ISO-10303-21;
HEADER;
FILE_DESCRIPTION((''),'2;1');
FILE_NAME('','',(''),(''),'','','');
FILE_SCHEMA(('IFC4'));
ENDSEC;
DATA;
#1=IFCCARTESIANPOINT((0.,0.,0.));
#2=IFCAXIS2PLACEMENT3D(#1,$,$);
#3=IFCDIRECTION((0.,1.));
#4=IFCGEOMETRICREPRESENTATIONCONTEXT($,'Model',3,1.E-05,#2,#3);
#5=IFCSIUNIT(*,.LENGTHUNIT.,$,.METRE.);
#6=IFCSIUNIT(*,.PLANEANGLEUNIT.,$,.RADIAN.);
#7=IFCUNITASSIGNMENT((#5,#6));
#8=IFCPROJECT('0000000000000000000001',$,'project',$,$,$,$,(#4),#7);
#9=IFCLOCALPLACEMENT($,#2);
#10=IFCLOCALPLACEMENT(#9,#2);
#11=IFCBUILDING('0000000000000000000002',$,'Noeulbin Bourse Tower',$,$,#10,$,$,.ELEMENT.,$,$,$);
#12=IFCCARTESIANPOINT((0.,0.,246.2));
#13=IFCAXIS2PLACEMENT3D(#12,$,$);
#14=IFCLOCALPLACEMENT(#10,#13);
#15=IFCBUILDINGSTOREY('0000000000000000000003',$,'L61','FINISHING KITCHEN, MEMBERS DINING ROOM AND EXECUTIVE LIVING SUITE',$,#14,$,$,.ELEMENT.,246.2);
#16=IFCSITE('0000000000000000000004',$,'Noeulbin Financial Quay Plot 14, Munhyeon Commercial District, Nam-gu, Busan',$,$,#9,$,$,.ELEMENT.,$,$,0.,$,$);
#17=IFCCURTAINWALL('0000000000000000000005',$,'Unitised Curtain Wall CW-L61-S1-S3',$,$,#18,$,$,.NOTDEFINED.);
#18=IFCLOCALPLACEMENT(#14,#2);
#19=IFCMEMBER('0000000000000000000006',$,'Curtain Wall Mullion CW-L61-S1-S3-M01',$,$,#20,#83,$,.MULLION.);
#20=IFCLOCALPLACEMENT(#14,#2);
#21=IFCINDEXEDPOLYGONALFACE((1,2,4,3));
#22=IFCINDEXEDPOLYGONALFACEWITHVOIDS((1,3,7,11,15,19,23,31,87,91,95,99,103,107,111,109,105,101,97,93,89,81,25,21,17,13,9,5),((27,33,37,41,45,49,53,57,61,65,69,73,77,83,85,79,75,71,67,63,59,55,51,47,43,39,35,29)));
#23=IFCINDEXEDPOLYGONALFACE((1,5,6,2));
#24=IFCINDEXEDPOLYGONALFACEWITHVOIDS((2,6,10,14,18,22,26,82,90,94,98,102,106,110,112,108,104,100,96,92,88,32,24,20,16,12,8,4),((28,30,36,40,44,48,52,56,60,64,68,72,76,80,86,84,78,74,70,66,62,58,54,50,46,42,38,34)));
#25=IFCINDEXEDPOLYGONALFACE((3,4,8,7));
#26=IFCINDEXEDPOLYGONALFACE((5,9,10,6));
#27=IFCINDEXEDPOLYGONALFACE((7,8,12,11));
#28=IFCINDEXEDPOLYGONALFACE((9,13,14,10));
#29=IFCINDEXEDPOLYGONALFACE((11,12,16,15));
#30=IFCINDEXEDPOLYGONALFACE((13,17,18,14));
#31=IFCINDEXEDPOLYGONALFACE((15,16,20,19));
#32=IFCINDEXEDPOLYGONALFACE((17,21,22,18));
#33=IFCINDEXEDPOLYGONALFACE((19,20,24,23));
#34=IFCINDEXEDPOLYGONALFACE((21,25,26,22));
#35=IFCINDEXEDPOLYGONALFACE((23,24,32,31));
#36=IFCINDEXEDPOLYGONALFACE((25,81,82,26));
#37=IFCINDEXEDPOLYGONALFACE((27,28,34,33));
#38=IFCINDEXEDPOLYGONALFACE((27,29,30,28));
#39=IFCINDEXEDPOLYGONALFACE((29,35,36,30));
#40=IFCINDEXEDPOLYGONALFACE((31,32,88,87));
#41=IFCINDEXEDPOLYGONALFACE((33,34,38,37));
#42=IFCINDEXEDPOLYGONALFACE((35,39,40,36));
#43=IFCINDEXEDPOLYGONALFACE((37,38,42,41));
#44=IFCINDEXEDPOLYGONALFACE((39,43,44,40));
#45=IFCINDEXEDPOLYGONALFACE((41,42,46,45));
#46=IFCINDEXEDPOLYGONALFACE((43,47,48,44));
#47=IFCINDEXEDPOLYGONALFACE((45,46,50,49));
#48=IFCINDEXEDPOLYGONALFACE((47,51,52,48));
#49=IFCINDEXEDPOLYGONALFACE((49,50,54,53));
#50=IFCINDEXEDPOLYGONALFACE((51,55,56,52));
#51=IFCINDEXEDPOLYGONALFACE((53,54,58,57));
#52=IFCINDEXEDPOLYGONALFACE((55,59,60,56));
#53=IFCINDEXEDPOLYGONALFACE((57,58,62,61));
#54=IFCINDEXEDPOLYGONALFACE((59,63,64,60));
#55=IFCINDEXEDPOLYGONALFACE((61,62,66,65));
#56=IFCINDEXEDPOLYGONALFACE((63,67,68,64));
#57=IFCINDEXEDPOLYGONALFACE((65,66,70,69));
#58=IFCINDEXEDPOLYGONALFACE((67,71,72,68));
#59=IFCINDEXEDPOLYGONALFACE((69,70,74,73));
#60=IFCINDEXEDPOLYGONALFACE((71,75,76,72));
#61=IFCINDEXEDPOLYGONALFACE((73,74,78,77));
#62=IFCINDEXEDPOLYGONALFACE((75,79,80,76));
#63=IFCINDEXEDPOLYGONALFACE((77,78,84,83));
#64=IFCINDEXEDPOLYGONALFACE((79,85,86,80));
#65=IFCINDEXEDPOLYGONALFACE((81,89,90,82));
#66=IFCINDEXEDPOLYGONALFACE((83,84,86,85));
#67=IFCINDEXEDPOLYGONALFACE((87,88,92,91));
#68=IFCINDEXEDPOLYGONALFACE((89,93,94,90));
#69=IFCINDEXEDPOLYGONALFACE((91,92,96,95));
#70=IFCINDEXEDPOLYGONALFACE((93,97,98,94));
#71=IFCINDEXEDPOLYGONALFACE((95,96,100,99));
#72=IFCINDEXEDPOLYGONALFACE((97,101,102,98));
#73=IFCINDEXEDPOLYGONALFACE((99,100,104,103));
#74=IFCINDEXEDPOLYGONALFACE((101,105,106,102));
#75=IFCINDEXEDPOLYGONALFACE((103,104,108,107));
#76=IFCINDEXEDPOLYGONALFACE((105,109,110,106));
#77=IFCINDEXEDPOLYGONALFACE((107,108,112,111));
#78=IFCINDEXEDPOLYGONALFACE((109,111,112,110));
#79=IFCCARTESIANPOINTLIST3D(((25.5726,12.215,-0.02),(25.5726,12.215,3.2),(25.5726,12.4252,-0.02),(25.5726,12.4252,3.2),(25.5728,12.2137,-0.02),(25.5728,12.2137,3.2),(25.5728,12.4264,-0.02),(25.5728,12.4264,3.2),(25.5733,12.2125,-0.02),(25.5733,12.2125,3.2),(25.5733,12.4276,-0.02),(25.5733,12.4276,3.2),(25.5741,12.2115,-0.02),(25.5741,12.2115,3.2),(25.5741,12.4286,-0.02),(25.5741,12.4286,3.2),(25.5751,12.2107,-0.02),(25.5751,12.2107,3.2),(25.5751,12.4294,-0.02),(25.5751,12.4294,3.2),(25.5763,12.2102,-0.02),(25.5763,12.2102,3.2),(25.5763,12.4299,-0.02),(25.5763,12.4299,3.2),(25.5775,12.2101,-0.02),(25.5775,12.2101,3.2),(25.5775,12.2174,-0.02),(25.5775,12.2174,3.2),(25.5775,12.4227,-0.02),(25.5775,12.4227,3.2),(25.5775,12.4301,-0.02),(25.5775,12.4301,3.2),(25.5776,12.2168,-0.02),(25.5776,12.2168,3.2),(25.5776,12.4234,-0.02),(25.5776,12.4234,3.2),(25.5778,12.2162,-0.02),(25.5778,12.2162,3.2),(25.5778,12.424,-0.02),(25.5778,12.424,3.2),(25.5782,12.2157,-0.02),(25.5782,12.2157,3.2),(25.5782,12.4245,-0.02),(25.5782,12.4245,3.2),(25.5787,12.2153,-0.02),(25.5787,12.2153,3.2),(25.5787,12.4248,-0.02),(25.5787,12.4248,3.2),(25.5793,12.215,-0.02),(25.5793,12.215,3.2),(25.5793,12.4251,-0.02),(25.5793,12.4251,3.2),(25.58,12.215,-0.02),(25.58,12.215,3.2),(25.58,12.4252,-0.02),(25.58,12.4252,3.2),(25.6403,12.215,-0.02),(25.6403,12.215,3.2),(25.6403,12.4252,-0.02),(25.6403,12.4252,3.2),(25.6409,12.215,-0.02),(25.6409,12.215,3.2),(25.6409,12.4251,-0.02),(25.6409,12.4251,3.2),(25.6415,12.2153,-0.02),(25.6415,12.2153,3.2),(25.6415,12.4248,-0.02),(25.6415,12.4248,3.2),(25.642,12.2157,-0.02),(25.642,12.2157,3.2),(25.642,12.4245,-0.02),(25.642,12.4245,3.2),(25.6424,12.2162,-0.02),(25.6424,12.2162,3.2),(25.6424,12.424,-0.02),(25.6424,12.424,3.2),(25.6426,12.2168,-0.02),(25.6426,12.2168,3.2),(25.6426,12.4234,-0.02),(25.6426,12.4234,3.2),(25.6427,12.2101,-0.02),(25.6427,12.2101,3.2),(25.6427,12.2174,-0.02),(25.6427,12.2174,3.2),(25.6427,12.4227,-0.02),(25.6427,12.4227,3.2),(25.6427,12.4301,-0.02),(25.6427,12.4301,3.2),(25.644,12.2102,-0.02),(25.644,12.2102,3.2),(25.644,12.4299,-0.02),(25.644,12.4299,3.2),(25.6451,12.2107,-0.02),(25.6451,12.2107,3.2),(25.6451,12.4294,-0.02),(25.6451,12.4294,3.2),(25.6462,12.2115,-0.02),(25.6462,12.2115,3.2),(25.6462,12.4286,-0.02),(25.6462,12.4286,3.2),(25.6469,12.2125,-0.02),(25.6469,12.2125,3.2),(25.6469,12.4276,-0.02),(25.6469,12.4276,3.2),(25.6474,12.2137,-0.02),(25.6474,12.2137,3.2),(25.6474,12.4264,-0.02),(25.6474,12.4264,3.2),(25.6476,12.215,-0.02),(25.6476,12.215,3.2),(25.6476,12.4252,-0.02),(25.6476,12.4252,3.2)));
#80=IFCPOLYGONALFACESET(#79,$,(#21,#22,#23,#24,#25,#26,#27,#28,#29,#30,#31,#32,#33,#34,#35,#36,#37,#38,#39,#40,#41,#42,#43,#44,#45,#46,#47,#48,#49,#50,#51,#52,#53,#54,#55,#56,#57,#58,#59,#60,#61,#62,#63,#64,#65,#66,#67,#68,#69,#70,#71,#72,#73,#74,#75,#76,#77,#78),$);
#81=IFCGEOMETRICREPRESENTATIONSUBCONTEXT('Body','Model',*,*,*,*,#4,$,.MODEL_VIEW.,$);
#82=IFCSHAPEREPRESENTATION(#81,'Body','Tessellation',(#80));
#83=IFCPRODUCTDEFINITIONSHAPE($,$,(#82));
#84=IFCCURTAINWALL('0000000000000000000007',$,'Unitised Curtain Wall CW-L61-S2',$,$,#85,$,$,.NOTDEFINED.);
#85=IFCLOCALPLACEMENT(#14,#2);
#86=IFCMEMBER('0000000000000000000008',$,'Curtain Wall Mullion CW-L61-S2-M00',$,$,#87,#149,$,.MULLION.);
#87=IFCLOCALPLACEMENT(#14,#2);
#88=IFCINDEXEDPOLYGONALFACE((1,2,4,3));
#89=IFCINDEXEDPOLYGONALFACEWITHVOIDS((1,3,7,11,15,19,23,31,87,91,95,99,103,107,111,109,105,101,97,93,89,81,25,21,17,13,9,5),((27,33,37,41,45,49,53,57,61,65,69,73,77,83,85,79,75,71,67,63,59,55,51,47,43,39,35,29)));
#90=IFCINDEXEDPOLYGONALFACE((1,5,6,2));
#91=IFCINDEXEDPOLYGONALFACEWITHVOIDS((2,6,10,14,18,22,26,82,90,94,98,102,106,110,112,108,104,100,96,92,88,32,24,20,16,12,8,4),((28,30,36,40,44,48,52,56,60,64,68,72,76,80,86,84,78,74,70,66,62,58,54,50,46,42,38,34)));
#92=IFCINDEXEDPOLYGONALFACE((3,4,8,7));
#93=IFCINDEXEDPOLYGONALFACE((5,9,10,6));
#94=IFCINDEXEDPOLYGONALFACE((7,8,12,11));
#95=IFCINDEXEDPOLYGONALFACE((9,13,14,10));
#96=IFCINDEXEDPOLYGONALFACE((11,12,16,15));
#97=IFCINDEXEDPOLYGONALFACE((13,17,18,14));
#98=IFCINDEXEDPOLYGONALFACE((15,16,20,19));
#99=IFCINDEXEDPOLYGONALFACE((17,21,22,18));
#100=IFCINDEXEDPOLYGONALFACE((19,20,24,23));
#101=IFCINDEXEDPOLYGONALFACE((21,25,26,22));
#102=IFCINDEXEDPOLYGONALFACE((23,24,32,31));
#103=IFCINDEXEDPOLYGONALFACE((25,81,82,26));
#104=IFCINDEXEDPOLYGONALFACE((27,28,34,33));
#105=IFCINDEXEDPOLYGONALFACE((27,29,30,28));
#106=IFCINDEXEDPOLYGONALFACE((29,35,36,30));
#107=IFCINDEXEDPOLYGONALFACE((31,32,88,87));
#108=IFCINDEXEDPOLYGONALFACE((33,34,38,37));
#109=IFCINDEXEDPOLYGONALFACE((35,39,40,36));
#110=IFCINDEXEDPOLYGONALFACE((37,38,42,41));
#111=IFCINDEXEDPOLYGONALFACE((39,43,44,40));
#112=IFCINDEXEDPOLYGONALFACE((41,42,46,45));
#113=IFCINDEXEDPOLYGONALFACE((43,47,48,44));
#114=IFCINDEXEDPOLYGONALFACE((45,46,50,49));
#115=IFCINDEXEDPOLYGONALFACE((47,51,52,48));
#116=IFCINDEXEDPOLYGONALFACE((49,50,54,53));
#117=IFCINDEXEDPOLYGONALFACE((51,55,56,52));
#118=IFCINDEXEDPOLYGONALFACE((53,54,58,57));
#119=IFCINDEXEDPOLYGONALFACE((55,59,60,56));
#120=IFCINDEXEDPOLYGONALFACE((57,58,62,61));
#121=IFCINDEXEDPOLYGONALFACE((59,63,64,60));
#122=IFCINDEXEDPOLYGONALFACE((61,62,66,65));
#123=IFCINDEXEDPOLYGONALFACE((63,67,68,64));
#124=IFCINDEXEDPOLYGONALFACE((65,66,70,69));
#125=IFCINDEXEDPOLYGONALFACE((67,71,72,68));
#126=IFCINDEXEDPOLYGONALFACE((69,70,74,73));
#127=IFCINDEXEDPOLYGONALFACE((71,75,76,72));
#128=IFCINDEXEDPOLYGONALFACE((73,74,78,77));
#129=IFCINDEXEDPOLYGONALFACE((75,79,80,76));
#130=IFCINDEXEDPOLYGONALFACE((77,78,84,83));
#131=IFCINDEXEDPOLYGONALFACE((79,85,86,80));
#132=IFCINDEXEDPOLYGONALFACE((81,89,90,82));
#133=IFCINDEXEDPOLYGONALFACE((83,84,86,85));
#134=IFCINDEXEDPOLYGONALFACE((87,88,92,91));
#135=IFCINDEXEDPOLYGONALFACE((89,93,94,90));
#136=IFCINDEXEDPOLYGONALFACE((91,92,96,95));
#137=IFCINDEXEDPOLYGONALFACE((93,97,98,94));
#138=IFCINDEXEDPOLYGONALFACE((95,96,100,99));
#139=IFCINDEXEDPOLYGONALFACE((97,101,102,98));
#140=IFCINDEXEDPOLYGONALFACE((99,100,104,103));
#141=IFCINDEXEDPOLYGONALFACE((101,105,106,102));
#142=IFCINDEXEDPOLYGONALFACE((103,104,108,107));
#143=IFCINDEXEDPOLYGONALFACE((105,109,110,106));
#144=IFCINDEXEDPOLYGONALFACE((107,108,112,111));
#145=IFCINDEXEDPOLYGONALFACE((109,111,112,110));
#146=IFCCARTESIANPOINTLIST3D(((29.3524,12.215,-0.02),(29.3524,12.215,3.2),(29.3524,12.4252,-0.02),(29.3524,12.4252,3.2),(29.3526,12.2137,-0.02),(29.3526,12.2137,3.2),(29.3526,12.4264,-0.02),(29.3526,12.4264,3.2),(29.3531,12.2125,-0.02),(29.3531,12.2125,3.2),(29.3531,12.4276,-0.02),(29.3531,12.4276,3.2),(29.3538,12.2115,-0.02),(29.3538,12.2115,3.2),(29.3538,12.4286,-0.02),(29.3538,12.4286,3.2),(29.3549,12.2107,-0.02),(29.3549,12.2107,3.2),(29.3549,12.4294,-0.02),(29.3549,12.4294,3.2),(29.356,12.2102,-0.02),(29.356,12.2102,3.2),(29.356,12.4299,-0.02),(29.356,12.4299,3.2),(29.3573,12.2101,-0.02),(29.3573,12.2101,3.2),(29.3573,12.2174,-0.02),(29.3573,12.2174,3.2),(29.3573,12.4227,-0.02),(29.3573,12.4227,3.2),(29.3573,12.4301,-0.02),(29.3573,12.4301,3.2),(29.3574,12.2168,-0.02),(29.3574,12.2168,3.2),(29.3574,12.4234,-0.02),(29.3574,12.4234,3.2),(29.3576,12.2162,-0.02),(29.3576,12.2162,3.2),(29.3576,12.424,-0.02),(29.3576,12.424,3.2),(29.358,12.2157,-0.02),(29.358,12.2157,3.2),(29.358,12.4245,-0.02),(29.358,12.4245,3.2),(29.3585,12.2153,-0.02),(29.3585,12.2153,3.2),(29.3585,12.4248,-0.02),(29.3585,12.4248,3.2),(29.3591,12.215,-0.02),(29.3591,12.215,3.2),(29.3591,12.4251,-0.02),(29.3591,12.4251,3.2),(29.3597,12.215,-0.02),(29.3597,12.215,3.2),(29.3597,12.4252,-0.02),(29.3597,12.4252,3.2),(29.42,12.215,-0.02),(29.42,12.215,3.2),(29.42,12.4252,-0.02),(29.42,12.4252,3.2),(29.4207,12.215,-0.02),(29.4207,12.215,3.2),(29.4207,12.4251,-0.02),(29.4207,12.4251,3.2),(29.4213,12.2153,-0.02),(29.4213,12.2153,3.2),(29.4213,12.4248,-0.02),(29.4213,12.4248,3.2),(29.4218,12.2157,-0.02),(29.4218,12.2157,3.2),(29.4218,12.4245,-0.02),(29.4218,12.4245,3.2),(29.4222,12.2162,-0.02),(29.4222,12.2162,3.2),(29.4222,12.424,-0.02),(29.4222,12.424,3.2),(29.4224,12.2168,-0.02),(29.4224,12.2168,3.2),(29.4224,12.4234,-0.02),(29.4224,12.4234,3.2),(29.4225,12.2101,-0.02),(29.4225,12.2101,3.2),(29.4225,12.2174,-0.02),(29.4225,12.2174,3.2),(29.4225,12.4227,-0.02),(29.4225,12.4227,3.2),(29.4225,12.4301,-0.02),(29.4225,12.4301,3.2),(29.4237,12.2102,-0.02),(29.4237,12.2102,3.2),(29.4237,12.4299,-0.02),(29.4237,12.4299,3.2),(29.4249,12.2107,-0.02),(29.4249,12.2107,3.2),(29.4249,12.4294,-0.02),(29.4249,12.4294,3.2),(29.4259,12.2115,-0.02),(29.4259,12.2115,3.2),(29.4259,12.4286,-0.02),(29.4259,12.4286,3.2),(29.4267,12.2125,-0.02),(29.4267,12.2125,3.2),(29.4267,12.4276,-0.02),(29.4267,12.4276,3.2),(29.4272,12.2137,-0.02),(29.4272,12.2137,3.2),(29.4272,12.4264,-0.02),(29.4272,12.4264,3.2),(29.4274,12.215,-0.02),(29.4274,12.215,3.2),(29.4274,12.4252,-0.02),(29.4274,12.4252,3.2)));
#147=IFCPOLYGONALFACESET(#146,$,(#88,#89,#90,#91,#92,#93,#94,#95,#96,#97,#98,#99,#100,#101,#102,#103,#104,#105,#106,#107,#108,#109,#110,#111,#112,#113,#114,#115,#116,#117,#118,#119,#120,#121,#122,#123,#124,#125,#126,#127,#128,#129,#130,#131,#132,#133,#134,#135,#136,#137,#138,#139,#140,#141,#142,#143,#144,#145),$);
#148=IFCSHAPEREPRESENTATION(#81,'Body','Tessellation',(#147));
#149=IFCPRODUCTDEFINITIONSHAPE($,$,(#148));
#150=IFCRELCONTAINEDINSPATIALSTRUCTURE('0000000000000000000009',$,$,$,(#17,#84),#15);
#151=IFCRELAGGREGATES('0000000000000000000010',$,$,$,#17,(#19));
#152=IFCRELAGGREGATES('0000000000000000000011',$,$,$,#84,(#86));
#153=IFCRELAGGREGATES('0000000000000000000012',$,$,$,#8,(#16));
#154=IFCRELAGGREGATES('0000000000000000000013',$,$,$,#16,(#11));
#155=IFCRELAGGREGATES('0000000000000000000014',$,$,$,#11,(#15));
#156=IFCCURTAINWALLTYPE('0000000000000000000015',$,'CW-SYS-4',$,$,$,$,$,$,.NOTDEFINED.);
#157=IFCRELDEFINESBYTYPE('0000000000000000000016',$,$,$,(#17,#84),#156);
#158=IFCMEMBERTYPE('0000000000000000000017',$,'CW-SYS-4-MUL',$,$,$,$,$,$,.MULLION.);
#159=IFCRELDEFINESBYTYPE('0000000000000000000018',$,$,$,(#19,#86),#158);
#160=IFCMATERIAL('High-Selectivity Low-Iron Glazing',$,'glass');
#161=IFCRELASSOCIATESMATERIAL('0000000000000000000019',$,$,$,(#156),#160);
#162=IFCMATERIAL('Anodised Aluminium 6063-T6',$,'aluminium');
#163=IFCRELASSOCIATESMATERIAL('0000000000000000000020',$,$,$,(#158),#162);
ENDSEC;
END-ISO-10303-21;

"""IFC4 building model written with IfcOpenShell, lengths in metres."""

from ifc_helpers import new_model, si_unit, direction, frame, origin, origin_2d, place, context, subcontext, project, spatial, hollow_rectangle, extrude, material, material_profile, profile_set, type_object, element, aggregate, save


model = new_model("IFC4")

# Units and contexts
model_context = context("Model", 3, precision=1e-05, world=origin(), true_north=direction((0.0, 1.0)))
body_context = subcontext(model_context, "Body", "Model", "MODEL_VIEW")
ifc_project = project(units=[si_unit("LENGTHUNIT", "METRE"), si_unit("PLANEANGLEUNIT", "RADIAN")], contexts=[model_context])

# Site, building, storey
site_placement = place(None, origin())
site = spatial("IfcSite", under=ifc_project, at=site_placement, Name="Noeulbin Financial Quay Plot 14, Munhyeon Commercial District, Nam-gu, Busan", CompositionType="ELEMENT", RefElevation=0.0)
building_placement = place(site_placement, origin())
building = spatial("IfcBuilding", under=site, at=building_placement, Name="Noeulbin Bourse Tower", CompositionType="ELEMENT")
storey_placement = place(building_placement, frame((0.0, 0.0, 246.2)))
storey = spatial("IfcBuildingStorey", under=building, at=storey_placement, Name="L61", Description="FINISHING KITCHEN, MEMBERS DINING ROOM AND EXECUTIVE LIVING SUITE", CompositionType="ELEMENT", Elevation=246.2)

# Shared definitions
ifc_material_1 = material(Name="High-Selectivity Low-Iron Glazing", Category="glass")
curtain_wall_type = type_object("IfcCurtainWallType", Name="CW-SYS-4", PredefinedType="NOTDEFINED", material=ifc_material_1)
ifc_material_2 = material(Name="Anodised Aluminium 6063-T6", Category="aluminium")
ifc_material_profile_1 = material_profile(ifc_material_2, hollow_rectangle(XDim=0.075, YDim=0.22, WallThickness=0.0049, InnerFilletRadius=0.0024, OuterFilletRadius=0.0049, at=origin_2d()), Name="ALU-MULL-75x220x5", Category="LoadBearing")
ifc_profile_set_1 = profile_set([ifc_material_profile_1], Name="Anodised Aluminium 6063-T6")
member_type_1 = type_object("IfcMemberType", Name="CW-SYS-4-MUL", PredefinedType="MULLION", material=ifc_profile_set_1)

# Curtain wall, member
curtain_wall_1_placement = place(storey_placement, origin())
curtain_wall_1 = element("IfcCurtainWall", 1, at=curtain_wall_1_placement, inside=storey, type_object=curtain_wall_type, Name="Unitised Curtain Wall CW-L61-S1-S3", PredefinedType="NOTDEFINED")
member_1_placement = place(storey_placement, frame((25.6101, 12.3201, -0.02), z_axis=(0.0, 0.0, 1.0), x_axis=(1.0, 0.0, 0.0)))
member_1 = element("IfcMember", 2, at=member_1_placement, type_object=member_type_1, Name="Curtain Wall Mullion CW-L61-S1-S3-M01", PredefinedType="MULLION", context=body_context, shape_type="SweptSolid", body=[
    extrude(hollow_rectangle(XDim=0.075, YDim=0.22, WallThickness=0.0049, InnerFilletRadius=0.0024, OuterFilletRadius=0.0049, at=origin_2d()), origin(), (0.0, 0.0, 1.0), 3.22),
])

# Curtain wall, member
curtain_wall_2_placement = place(storey_placement, origin())
curtain_wall_2 = element("IfcCurtainWall", 3, at=curtain_wall_2_placement, inside=storey, type_object=curtain_wall_type, Name="Unitised Curtain Wall CW-L61-S2", PredefinedType="NOTDEFINED")
member_2_placement = place(storey_placement, frame((29.3899, 12.3201, -0.02), z_axis=(0.0, 0.0, 1.0), x_axis=(1.0, 0.0, 0.0)))
member_2 = element("IfcMember", 4, at=member_2_placement, type_object=member_type_1, Name="Curtain Wall Mullion CW-L61-S2-M00", PredefinedType="MULLION", context=body_context, shape_type="SweptSolid", body=[
    extrude(hollow_rectangle(XDim=0.075, YDim=0.22, WallThickness=0.0049, InnerFilletRadius=0.0024, OuterFilletRadius=0.0049, at=origin_2d()), origin(), (0.0, 0.0, 1.0), 3.22),
])

aggregate(curtain_wall_1, [member_1])
aggregate(curtain_wall_2, [member_2])

save(model, "model.ifc")
